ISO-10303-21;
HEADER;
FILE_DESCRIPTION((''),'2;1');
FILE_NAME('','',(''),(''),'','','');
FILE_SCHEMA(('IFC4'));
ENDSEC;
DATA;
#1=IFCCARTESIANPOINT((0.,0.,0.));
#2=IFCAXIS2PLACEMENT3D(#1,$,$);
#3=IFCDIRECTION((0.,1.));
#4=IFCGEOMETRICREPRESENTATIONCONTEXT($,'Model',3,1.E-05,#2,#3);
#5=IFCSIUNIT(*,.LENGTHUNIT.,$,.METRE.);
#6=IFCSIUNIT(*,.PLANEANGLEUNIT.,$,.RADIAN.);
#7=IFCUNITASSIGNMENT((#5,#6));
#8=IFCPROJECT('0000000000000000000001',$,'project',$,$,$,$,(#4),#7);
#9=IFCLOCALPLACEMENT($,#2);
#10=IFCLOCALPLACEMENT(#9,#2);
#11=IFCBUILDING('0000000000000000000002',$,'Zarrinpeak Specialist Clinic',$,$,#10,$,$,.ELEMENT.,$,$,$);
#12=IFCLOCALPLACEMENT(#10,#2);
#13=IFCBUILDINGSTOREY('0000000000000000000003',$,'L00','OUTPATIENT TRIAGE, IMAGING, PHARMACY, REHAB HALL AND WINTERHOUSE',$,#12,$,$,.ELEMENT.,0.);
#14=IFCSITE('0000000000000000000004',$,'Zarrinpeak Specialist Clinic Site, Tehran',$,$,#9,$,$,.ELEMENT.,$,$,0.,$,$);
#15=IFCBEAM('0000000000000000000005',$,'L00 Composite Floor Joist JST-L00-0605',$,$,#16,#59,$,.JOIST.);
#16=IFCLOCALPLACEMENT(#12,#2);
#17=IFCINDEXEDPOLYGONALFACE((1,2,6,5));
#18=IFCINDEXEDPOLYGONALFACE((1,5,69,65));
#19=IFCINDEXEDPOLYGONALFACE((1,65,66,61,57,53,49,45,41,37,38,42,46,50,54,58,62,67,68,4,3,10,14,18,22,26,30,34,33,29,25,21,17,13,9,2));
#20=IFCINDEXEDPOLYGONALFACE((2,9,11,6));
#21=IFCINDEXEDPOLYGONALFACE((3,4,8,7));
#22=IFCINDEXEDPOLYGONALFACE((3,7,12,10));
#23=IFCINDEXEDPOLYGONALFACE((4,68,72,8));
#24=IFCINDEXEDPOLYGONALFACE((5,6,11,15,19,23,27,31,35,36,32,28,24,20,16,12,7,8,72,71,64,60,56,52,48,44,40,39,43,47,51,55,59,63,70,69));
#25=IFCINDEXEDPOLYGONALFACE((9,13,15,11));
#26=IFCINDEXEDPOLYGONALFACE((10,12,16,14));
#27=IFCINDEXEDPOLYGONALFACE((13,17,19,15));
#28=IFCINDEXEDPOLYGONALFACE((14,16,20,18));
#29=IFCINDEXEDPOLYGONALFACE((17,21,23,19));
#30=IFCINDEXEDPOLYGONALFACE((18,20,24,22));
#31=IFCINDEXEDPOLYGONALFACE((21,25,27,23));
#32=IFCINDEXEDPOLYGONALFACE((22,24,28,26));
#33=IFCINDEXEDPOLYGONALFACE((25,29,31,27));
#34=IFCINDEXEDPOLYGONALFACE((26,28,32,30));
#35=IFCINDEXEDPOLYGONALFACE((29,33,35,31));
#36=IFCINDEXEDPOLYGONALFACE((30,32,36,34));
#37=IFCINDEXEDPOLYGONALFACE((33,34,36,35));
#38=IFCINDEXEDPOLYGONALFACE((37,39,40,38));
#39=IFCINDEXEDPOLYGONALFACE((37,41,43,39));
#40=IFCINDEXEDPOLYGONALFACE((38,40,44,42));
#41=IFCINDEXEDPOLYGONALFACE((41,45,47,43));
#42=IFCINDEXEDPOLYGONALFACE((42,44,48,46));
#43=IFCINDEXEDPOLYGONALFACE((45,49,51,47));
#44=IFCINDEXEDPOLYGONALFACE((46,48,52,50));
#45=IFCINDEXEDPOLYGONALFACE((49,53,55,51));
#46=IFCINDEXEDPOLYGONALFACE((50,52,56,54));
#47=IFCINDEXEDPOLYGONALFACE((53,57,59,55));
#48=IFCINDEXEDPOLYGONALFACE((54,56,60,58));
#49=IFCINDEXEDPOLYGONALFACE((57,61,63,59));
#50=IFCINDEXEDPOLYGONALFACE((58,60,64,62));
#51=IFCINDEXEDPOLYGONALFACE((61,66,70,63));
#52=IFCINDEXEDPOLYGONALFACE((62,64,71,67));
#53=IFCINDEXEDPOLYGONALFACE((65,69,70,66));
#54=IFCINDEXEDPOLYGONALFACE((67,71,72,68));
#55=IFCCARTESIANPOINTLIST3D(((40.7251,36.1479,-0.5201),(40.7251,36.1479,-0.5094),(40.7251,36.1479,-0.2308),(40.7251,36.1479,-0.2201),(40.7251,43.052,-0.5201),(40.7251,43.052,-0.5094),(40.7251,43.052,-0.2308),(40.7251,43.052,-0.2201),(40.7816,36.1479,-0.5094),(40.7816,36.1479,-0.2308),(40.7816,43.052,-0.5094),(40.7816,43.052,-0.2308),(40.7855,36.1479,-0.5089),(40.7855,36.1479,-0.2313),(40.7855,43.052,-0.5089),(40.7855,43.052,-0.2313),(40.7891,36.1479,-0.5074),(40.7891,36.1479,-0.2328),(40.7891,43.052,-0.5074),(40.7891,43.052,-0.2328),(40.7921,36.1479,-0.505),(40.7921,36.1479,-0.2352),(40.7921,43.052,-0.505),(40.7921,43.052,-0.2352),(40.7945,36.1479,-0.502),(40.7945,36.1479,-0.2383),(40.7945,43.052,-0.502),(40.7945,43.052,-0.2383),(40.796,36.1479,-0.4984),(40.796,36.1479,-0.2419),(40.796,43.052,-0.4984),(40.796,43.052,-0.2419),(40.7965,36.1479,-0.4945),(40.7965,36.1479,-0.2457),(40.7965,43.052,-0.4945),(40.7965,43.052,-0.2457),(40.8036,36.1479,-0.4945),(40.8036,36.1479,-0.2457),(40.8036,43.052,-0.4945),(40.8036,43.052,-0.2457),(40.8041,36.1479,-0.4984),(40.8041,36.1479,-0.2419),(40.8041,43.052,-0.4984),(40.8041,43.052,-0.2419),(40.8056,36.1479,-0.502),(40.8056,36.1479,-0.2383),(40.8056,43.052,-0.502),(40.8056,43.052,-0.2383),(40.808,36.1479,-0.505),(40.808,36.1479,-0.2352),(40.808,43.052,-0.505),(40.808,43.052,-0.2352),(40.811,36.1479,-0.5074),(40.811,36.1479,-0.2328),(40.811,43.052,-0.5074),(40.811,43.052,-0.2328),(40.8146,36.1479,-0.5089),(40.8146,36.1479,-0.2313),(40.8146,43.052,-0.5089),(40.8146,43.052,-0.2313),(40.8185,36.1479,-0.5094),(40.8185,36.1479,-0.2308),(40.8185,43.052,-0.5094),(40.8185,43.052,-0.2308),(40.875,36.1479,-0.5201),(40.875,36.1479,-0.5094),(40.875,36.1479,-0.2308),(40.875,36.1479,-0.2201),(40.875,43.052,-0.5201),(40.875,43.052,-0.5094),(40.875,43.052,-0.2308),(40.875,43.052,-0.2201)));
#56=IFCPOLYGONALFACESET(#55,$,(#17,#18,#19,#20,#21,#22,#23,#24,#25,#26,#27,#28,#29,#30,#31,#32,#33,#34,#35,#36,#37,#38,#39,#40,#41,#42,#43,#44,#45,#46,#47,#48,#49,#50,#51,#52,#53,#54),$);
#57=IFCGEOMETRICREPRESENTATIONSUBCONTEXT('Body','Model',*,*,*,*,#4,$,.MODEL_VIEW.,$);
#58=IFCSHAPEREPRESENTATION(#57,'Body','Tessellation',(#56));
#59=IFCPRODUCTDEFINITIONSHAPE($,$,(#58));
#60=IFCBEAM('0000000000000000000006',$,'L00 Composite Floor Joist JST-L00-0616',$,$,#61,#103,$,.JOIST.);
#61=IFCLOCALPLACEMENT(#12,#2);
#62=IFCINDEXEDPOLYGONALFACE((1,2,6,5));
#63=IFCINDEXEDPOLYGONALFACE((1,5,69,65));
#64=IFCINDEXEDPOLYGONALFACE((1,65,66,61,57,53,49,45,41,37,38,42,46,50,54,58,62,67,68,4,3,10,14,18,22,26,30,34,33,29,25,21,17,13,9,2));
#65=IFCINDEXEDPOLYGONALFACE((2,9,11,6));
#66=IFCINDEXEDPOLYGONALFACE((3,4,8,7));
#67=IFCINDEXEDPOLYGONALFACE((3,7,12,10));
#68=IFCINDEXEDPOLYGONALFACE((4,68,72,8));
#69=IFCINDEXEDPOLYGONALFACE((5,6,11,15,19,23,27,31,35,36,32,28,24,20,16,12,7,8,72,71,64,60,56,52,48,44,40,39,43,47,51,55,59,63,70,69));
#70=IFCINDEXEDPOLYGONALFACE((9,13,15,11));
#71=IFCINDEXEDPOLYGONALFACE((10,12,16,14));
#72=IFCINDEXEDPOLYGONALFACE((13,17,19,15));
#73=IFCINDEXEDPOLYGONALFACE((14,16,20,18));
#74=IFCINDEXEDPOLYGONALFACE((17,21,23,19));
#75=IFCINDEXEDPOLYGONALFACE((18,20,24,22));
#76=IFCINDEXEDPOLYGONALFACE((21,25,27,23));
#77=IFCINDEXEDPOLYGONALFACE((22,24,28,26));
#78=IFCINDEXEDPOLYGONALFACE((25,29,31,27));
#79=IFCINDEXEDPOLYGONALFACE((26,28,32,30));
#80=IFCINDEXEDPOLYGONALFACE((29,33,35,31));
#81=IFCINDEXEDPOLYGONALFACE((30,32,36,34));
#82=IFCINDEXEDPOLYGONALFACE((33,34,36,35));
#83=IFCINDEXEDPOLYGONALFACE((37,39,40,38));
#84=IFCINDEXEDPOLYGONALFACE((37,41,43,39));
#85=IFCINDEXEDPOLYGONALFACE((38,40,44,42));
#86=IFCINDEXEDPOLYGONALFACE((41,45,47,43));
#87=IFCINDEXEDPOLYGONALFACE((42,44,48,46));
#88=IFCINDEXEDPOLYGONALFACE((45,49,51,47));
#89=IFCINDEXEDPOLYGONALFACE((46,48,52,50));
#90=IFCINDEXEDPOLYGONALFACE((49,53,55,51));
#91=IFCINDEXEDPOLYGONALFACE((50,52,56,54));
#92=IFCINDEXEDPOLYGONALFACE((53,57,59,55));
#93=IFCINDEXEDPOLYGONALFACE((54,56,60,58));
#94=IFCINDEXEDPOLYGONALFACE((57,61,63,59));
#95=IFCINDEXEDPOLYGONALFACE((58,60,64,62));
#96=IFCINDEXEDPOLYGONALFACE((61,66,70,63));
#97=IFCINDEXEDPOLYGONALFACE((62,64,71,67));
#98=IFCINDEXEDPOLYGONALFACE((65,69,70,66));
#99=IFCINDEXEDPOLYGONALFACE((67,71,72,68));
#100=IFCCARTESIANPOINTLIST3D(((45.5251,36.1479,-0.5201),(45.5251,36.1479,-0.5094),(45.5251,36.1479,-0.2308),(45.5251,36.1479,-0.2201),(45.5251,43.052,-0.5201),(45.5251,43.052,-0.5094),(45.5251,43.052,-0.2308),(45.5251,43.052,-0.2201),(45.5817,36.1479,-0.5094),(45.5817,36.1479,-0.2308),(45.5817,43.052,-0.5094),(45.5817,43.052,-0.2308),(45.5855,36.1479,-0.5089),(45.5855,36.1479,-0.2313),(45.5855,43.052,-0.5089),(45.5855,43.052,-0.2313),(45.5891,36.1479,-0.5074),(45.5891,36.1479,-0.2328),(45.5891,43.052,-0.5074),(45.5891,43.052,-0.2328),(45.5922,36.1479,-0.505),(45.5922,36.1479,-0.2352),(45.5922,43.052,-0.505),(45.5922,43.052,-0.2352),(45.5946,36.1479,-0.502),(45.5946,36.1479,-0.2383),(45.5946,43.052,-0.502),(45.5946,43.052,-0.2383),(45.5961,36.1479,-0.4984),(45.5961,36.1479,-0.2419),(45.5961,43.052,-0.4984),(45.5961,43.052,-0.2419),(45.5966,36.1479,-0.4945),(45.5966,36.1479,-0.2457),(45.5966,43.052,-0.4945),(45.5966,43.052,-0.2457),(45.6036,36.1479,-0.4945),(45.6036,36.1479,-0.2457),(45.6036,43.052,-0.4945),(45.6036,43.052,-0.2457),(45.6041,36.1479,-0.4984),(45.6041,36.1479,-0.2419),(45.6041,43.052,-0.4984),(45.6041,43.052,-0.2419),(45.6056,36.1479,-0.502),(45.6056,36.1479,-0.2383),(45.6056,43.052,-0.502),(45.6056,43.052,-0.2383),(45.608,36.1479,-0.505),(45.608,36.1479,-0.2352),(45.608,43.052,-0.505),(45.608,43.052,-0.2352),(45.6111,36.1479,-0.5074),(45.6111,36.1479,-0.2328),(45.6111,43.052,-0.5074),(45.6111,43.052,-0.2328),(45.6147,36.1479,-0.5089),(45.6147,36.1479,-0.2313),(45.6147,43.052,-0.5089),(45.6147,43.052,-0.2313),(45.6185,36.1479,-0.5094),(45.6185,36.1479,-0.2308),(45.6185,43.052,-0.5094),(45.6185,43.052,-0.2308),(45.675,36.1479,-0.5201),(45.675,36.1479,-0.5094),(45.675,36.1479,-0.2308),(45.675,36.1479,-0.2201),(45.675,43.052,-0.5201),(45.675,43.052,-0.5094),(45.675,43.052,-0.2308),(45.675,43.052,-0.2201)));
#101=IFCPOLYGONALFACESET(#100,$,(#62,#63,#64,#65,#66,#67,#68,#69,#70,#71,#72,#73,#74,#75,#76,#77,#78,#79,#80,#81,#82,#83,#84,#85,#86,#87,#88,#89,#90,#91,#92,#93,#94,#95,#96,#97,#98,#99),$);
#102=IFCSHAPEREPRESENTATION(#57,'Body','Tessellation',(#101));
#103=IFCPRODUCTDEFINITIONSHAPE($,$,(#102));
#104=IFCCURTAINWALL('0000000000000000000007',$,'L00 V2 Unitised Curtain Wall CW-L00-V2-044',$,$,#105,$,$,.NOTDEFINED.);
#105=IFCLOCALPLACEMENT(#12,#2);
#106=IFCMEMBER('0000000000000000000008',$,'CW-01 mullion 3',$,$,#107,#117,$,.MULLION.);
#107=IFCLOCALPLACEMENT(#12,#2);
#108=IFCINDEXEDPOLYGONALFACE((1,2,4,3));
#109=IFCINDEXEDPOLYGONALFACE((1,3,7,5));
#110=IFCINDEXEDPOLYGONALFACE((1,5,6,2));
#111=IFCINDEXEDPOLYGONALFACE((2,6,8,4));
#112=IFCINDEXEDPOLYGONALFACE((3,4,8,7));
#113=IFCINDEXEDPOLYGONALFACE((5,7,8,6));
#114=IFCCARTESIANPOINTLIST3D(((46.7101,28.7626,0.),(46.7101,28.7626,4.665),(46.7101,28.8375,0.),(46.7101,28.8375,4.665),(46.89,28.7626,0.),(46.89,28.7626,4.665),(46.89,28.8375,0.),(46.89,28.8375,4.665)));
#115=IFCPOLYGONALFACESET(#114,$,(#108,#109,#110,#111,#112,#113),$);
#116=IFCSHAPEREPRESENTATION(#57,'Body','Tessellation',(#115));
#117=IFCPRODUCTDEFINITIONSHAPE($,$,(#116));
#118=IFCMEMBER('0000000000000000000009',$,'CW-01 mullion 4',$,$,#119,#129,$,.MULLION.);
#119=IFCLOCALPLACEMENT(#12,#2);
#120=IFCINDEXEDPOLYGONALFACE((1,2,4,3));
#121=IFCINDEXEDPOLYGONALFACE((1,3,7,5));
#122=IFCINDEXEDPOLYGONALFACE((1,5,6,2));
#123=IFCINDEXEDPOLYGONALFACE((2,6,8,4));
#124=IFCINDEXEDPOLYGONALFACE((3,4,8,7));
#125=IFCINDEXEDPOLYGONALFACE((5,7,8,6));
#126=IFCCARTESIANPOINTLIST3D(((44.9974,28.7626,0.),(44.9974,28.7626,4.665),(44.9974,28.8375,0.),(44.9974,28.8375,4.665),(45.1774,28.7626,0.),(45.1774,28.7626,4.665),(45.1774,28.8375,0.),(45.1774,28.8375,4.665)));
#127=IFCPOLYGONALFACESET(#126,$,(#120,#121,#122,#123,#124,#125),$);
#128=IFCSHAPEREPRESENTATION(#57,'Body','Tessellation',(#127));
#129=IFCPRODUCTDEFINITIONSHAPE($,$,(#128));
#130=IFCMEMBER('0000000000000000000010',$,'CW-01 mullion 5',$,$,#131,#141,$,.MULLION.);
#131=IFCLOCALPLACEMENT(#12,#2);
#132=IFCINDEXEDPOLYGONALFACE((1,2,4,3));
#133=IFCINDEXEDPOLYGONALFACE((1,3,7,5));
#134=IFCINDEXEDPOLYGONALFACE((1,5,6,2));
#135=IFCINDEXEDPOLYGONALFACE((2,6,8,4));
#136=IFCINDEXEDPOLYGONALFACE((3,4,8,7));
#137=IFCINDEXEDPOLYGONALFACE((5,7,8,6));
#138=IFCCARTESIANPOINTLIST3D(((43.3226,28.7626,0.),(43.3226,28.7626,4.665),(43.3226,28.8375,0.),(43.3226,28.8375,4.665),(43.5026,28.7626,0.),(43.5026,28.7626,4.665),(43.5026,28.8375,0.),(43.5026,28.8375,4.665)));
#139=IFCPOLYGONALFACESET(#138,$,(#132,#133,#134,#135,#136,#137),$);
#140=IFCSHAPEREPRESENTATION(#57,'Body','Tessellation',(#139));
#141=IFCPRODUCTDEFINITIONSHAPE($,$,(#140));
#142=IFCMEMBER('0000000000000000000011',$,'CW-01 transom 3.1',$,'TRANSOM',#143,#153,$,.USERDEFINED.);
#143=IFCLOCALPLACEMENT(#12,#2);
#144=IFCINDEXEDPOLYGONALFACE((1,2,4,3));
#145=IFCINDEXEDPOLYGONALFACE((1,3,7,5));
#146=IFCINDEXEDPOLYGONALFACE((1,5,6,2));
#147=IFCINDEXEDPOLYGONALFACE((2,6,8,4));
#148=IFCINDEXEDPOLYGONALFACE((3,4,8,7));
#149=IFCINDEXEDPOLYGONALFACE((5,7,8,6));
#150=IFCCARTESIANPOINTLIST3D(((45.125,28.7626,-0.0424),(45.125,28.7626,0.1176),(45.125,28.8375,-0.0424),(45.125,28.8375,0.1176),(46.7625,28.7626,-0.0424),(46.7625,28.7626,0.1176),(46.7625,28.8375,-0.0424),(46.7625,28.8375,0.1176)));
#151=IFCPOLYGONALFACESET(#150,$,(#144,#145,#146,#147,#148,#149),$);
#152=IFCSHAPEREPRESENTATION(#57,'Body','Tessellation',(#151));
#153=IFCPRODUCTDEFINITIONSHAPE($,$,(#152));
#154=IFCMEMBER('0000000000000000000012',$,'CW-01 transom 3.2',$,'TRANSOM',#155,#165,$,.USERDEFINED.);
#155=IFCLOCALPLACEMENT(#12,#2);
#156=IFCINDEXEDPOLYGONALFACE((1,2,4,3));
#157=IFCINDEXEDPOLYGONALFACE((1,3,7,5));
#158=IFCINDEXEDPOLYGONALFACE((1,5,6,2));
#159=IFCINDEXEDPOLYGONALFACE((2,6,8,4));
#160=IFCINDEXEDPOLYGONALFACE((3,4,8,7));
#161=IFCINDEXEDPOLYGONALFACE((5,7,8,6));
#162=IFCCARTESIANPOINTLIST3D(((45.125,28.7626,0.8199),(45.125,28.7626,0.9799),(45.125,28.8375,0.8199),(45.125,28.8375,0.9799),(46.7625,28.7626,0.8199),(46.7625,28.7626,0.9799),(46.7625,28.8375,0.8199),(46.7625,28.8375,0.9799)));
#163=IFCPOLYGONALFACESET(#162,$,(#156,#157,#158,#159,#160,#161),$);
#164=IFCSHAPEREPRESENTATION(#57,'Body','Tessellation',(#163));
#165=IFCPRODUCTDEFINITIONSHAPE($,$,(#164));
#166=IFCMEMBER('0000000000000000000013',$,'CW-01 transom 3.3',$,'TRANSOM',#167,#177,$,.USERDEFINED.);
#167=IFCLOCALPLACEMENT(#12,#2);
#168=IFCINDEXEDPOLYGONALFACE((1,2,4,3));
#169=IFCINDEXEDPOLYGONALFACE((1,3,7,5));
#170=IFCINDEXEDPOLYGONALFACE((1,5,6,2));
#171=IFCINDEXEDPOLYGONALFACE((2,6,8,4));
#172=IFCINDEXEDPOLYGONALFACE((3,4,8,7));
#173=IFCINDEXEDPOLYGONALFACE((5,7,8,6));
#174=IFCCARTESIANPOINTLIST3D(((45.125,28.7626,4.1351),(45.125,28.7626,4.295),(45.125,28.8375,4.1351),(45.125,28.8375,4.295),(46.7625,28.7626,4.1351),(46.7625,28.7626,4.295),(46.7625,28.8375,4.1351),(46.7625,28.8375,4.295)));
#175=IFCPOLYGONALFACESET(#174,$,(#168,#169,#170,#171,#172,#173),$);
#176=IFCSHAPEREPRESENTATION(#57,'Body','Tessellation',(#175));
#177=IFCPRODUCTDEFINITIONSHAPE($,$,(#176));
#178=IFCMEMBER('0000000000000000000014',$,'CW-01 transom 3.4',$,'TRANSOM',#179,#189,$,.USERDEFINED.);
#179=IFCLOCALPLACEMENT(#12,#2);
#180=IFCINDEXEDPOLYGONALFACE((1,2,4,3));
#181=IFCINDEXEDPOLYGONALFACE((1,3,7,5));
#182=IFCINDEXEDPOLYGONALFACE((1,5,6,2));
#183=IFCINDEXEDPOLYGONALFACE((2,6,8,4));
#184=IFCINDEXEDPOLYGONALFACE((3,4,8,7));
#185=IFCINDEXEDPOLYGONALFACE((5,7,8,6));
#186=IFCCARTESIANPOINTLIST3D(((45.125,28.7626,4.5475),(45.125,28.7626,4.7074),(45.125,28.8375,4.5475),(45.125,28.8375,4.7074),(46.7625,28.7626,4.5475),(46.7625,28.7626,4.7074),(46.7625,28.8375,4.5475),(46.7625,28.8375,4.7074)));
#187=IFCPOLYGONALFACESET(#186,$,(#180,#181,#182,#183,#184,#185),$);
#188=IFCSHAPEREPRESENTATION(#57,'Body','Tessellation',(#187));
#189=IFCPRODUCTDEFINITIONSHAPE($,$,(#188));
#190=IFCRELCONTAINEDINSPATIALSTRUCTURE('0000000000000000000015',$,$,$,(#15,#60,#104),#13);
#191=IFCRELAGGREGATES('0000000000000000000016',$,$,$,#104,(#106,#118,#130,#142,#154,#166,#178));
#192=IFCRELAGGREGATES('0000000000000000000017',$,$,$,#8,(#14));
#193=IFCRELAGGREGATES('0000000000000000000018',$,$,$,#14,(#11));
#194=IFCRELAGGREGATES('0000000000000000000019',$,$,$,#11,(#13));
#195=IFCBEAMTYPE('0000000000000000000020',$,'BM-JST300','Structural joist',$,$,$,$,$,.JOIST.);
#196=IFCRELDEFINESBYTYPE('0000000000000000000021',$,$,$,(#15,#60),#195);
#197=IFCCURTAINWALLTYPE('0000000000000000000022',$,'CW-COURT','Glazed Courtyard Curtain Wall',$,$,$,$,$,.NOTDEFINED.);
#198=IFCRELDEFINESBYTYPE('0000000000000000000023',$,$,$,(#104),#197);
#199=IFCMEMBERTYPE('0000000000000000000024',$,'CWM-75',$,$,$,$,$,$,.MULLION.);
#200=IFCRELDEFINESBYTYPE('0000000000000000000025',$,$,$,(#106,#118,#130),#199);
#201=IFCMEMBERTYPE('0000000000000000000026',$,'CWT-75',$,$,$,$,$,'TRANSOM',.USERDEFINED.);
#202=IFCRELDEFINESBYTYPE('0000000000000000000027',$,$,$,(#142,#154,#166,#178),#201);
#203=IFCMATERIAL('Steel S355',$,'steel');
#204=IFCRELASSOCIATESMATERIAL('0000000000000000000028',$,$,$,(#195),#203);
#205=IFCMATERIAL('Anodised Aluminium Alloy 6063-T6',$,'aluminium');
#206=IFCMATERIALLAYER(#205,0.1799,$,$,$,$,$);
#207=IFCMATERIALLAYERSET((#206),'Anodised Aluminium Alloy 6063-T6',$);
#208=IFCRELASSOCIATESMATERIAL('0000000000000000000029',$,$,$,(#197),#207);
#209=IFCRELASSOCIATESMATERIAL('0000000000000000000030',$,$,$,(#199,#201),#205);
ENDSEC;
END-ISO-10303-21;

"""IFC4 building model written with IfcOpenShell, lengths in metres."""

from ifc_helpers import new_model, si_unit, direction, frame, origin, origin_2d, place, context, subcontext, project, spatial, rectangle, i_section, extrude, material, layer, layer_set, material_profile, profile_set, type_object, element, aggregate, save


model = new_model("IFC4")

# Units and contexts
model_context = context("Model", 3, precision=1e-05, world=origin(), true_north=direction((0.0, 1.0)))
body_context = subcontext(model_context, "Body", "Model", "MODEL_VIEW")
ifc_project = project(units=[si_unit("LENGTHUNIT", "METRE"), si_unit("PLANEANGLEUNIT", "RADIAN")], contexts=[model_context])

# Site, building, storey
site_placement = place(None, origin())
site = spatial("IfcSite", under=ifc_project, at=site_placement, Name="Zarrinpeak Specialist Clinic Site, Tehran", CompositionType="ELEMENT", RefElevation=0.0)
building_placement = place(site_placement, origin())
building = spatial("IfcBuilding", under=site, at=building_placement, Name="Zarrinpeak Specialist Clinic", CompositionType="ELEMENT")
storey_placement = place(building_placement, origin())
storey = spatial("IfcBuildingStorey", under=building, at=storey_placement, Name="L00", Description="OUTPATIENT TRIAGE, IMAGING, PHARMACY, REHAB HALL AND WINTERHOUSE", CompositionType="ELEMENT", Elevation=0.0)

# Beams
ifc_material_1 = material(Name="Steel S355", Category="steel")
ifc_material_profile_1 = material_profile(ifc_material_1, i_section(OverallWidth=0.1499, OverallDepth=0.3, WebThickness=0.0071, FlangeThickness=0.0107, FilletRadius=0.0149, at=origin_2d()), Name="IPE 300")
ifc_profile_set_1 = profile_set([ifc_material_profile_1], Name="Steel S355")
beam_type_1 = type_object("IfcBeamType", Name="BM-JST300", Description="Structural joist", PredefinedType="JOIST", material=ifc_profile_set_1)
for number, where, z_axis, x_axis, name in (
    (1, (40.8, 36.1479, -0.3701), (0.0, 1.0, 0.0), (-1.0, 0.0, 0.0), "L00 Composite Floor Joist JST-L00-0605"),
    (2, (45.6001, 36.1479, -0.3701), (0.0, 1.0, 0.0), (-1.0, 0.0, 0.0), "L00 Composite Floor Joist JST-L00-0616"),
):
    element("IfcBeam", number, at=place(storey_placement, frame(where, z_axis=z_axis, x_axis=x_axis)), inside=storey, type_object=beam_type_1, Name=name, PredefinedType="JOIST", context=body_context, shape_type="SweptSolid", body=[
        extrude(i_section(OverallWidth=0.1499, OverallDepth=0.3, WebThickness=0.0071, FlangeThickness=0.0107, FilletRadius=0.0149, at=origin_2d()), origin(), (0.0, 0.0, 1.0), 6.9041),
    ])

# Curtain wall, members
ifc_material_2 = material(Name="Anodised Aluminium Alloy 6063-T6", Category="aluminium")
ifc_layer_1 = layer(ifc_material_2, 0.1799)
ifc_layer_set_1 = layer_set([ifc_layer_1], Name="Anodised Aluminium Alloy 6063-T6")
curtain_wall_type = type_object("IfcCurtainWallType", Name="CW-COURT", Description="Glazed Courtyard Curtain Wall", PredefinedType="NOTDEFINED", material=ifc_layer_set_1)
curtain_wall_placement = place(storey_placement, origin())
curtain_wall = element("IfcCurtainWall", 3, at=curtain_wall_placement, inside=storey, type_object=curtain_wall_type, Name="L00 V2 Unitised Curtain Wall CW-L00-V2-044", PredefinedType="NOTDEFINED")
ifc_material_profile_2 = material_profile(ifc_material_2, rectangle(XDim=0.075, YDim=0.1799, at=origin_2d()), Name="ALU 75x180")
ifc_profile_set_2 = profile_set([ifc_material_profile_2], Name="Anodised Aluminium Alloy 6063-T6")
member_type_1 = type_object("IfcMemberType", Name="CWM-75", PredefinedType="MULLION", material=ifc_profile_set_2)
member_1_placement = place(storey_placement, frame((46.8, 28.8, 0.0), z_axis=(0.0, 0.0, 1.0), x_axis=(0.0, -1.0, 0.0)))
member_1 = element("IfcMember", 4, at=member_1_placement, type_object=member_type_1, Name="CW-01 mullion 3", PredefinedType="MULLION", context=body_context, shape_type="SweptSolid", body=[
    extrude(rectangle(XDim=0.075, YDim=0.1799, at=origin_2d()), origin(), (0.0, 0.0, 1.0), 4.665),
])
member_2_placement = place(storey_placement, frame((45.0874, 28.8, 0.0), z_axis=(0.0, 0.0, 1.0), x_axis=(0.0, -1.0, 0.0)))
member_2 = element("IfcMember", 5, at=member_2_placement, type_object=member_type_1, Name="CW-01 mullion 4", PredefinedType="MULLION", context=body_context, shape_type="SweptSolid", body=[
    extrude(rectangle(XDim=0.075, YDim=0.1799, at=origin_2d()), origin(), (0.0, 0.0, 1.0), 4.665),
])
member_3_placement = place(storey_placement, frame((43.4126, 28.8, 0.0), z_axis=(0.0, 0.0, 1.0), x_axis=(0.0, -1.0, 0.0)))
member_3 = element("IfcMember", 6, at=member_3_placement, type_object=member_type_1, Name="CW-01 mullion 5", PredefinedType="MULLION", context=body_context, shape_type="SweptSolid", body=[
    extrude(rectangle(XDim=0.075, YDim=0.1799, at=origin_2d()), origin(), (0.0, 0.0, 1.0), 4.665),
])
ifc_material_profile_3 = material_profile(ifc_material_2, rectangle(XDim=0.075, YDim=0.1599, at=origin_2d()), Name="ALU 75x160")
ifc_profile_set_3 = profile_set([ifc_material_profile_3], Name="Anodised Aluminium Alloy 6063-T6")
member_type_2 = type_object("IfcMemberType", Name="CWT-75", ElementType="TRANSOM", PredefinedType="USERDEFINED", material=ifc_profile_set_3)
member_4_placement = place(storey_placement, frame((46.7625, 28.8, 0.0376), z_axis=(-1.0, 0.0, 0.0), x_axis=(0.0, -1.0, 0.0)))
member_4 = element("IfcMember", 7, at=member_4_placement, type_object=member_type_2, Name="CW-01 transom 3.1", ObjectType="TRANSOM", PredefinedType="USERDEFINED", context=body_context, shape_type="SweptSolid", body=[
    extrude(rectangle(XDim=0.075, YDim=0.1599, at=origin_2d()), origin(), (0.0, 0.0, 1.0), 1.6375),
])
member_5_placement = place(storey_placement, frame((46.7625, 28.8, 0.8999), z_axis=(-1.0, 0.0, 0.0), x_axis=(0.0, -1.0, 0.0)))
member_5 = element("IfcMember", 8, at=member_5_placement, type_object=member_type_2, Name="CW-01 transom 3.2", ObjectType="TRANSOM", PredefinedType="USERDEFINED", context=body_context, shape_type="SweptSolid", body=[
    extrude(rectangle(XDim=0.075, YDim=0.1599, at=origin_2d()), origin(), (0.0, 0.0, 1.0), 1.6375),
])
member_6_placement = place(storey_placement, frame((46.7625, 28.8, 4.2151), z_axis=(-1.0, 0.0, 0.0), x_axis=(0.0, -1.0, 0.0)))
member_6 = element("IfcMember", 9, at=member_6_placement, type_object=member_type_2, Name="CW-01 transom 3.3", ObjectType="TRANSOM", PredefinedType="USERDEFINED", context=body_context, shape_type="SweptSolid", body=[
    extrude(rectangle(XDim=0.075, YDim=0.1599, at=origin_2d()), origin(), (0.0, 0.0, 1.0), 1.6375),
])
member_7_placement = place(storey_placement, frame((46.7625, 28.8, 4.6274), z_axis=(-1.0, 0.0, 0.0), x_axis=(0.0, -1.0, 0.0)))
member_7 = element("IfcMember", 10, at=member_7_placement, type_object=member_type_2, Name="CW-01 transom 3.4", ObjectType="TRANSOM", PredefinedType="USERDEFINED", context=body_context, shape_type="SweptSolid", body=[
    extrude(rectangle(XDim=0.075, YDim=0.1599, at=origin_2d()), origin(), (0.0, 0.0, 1.0), 1.6375),
])
aggregate(curtain_wall, [member_1, member_2, member_3, member_4, member_5, member_6, member_7])

save(model, "model.ifc")
